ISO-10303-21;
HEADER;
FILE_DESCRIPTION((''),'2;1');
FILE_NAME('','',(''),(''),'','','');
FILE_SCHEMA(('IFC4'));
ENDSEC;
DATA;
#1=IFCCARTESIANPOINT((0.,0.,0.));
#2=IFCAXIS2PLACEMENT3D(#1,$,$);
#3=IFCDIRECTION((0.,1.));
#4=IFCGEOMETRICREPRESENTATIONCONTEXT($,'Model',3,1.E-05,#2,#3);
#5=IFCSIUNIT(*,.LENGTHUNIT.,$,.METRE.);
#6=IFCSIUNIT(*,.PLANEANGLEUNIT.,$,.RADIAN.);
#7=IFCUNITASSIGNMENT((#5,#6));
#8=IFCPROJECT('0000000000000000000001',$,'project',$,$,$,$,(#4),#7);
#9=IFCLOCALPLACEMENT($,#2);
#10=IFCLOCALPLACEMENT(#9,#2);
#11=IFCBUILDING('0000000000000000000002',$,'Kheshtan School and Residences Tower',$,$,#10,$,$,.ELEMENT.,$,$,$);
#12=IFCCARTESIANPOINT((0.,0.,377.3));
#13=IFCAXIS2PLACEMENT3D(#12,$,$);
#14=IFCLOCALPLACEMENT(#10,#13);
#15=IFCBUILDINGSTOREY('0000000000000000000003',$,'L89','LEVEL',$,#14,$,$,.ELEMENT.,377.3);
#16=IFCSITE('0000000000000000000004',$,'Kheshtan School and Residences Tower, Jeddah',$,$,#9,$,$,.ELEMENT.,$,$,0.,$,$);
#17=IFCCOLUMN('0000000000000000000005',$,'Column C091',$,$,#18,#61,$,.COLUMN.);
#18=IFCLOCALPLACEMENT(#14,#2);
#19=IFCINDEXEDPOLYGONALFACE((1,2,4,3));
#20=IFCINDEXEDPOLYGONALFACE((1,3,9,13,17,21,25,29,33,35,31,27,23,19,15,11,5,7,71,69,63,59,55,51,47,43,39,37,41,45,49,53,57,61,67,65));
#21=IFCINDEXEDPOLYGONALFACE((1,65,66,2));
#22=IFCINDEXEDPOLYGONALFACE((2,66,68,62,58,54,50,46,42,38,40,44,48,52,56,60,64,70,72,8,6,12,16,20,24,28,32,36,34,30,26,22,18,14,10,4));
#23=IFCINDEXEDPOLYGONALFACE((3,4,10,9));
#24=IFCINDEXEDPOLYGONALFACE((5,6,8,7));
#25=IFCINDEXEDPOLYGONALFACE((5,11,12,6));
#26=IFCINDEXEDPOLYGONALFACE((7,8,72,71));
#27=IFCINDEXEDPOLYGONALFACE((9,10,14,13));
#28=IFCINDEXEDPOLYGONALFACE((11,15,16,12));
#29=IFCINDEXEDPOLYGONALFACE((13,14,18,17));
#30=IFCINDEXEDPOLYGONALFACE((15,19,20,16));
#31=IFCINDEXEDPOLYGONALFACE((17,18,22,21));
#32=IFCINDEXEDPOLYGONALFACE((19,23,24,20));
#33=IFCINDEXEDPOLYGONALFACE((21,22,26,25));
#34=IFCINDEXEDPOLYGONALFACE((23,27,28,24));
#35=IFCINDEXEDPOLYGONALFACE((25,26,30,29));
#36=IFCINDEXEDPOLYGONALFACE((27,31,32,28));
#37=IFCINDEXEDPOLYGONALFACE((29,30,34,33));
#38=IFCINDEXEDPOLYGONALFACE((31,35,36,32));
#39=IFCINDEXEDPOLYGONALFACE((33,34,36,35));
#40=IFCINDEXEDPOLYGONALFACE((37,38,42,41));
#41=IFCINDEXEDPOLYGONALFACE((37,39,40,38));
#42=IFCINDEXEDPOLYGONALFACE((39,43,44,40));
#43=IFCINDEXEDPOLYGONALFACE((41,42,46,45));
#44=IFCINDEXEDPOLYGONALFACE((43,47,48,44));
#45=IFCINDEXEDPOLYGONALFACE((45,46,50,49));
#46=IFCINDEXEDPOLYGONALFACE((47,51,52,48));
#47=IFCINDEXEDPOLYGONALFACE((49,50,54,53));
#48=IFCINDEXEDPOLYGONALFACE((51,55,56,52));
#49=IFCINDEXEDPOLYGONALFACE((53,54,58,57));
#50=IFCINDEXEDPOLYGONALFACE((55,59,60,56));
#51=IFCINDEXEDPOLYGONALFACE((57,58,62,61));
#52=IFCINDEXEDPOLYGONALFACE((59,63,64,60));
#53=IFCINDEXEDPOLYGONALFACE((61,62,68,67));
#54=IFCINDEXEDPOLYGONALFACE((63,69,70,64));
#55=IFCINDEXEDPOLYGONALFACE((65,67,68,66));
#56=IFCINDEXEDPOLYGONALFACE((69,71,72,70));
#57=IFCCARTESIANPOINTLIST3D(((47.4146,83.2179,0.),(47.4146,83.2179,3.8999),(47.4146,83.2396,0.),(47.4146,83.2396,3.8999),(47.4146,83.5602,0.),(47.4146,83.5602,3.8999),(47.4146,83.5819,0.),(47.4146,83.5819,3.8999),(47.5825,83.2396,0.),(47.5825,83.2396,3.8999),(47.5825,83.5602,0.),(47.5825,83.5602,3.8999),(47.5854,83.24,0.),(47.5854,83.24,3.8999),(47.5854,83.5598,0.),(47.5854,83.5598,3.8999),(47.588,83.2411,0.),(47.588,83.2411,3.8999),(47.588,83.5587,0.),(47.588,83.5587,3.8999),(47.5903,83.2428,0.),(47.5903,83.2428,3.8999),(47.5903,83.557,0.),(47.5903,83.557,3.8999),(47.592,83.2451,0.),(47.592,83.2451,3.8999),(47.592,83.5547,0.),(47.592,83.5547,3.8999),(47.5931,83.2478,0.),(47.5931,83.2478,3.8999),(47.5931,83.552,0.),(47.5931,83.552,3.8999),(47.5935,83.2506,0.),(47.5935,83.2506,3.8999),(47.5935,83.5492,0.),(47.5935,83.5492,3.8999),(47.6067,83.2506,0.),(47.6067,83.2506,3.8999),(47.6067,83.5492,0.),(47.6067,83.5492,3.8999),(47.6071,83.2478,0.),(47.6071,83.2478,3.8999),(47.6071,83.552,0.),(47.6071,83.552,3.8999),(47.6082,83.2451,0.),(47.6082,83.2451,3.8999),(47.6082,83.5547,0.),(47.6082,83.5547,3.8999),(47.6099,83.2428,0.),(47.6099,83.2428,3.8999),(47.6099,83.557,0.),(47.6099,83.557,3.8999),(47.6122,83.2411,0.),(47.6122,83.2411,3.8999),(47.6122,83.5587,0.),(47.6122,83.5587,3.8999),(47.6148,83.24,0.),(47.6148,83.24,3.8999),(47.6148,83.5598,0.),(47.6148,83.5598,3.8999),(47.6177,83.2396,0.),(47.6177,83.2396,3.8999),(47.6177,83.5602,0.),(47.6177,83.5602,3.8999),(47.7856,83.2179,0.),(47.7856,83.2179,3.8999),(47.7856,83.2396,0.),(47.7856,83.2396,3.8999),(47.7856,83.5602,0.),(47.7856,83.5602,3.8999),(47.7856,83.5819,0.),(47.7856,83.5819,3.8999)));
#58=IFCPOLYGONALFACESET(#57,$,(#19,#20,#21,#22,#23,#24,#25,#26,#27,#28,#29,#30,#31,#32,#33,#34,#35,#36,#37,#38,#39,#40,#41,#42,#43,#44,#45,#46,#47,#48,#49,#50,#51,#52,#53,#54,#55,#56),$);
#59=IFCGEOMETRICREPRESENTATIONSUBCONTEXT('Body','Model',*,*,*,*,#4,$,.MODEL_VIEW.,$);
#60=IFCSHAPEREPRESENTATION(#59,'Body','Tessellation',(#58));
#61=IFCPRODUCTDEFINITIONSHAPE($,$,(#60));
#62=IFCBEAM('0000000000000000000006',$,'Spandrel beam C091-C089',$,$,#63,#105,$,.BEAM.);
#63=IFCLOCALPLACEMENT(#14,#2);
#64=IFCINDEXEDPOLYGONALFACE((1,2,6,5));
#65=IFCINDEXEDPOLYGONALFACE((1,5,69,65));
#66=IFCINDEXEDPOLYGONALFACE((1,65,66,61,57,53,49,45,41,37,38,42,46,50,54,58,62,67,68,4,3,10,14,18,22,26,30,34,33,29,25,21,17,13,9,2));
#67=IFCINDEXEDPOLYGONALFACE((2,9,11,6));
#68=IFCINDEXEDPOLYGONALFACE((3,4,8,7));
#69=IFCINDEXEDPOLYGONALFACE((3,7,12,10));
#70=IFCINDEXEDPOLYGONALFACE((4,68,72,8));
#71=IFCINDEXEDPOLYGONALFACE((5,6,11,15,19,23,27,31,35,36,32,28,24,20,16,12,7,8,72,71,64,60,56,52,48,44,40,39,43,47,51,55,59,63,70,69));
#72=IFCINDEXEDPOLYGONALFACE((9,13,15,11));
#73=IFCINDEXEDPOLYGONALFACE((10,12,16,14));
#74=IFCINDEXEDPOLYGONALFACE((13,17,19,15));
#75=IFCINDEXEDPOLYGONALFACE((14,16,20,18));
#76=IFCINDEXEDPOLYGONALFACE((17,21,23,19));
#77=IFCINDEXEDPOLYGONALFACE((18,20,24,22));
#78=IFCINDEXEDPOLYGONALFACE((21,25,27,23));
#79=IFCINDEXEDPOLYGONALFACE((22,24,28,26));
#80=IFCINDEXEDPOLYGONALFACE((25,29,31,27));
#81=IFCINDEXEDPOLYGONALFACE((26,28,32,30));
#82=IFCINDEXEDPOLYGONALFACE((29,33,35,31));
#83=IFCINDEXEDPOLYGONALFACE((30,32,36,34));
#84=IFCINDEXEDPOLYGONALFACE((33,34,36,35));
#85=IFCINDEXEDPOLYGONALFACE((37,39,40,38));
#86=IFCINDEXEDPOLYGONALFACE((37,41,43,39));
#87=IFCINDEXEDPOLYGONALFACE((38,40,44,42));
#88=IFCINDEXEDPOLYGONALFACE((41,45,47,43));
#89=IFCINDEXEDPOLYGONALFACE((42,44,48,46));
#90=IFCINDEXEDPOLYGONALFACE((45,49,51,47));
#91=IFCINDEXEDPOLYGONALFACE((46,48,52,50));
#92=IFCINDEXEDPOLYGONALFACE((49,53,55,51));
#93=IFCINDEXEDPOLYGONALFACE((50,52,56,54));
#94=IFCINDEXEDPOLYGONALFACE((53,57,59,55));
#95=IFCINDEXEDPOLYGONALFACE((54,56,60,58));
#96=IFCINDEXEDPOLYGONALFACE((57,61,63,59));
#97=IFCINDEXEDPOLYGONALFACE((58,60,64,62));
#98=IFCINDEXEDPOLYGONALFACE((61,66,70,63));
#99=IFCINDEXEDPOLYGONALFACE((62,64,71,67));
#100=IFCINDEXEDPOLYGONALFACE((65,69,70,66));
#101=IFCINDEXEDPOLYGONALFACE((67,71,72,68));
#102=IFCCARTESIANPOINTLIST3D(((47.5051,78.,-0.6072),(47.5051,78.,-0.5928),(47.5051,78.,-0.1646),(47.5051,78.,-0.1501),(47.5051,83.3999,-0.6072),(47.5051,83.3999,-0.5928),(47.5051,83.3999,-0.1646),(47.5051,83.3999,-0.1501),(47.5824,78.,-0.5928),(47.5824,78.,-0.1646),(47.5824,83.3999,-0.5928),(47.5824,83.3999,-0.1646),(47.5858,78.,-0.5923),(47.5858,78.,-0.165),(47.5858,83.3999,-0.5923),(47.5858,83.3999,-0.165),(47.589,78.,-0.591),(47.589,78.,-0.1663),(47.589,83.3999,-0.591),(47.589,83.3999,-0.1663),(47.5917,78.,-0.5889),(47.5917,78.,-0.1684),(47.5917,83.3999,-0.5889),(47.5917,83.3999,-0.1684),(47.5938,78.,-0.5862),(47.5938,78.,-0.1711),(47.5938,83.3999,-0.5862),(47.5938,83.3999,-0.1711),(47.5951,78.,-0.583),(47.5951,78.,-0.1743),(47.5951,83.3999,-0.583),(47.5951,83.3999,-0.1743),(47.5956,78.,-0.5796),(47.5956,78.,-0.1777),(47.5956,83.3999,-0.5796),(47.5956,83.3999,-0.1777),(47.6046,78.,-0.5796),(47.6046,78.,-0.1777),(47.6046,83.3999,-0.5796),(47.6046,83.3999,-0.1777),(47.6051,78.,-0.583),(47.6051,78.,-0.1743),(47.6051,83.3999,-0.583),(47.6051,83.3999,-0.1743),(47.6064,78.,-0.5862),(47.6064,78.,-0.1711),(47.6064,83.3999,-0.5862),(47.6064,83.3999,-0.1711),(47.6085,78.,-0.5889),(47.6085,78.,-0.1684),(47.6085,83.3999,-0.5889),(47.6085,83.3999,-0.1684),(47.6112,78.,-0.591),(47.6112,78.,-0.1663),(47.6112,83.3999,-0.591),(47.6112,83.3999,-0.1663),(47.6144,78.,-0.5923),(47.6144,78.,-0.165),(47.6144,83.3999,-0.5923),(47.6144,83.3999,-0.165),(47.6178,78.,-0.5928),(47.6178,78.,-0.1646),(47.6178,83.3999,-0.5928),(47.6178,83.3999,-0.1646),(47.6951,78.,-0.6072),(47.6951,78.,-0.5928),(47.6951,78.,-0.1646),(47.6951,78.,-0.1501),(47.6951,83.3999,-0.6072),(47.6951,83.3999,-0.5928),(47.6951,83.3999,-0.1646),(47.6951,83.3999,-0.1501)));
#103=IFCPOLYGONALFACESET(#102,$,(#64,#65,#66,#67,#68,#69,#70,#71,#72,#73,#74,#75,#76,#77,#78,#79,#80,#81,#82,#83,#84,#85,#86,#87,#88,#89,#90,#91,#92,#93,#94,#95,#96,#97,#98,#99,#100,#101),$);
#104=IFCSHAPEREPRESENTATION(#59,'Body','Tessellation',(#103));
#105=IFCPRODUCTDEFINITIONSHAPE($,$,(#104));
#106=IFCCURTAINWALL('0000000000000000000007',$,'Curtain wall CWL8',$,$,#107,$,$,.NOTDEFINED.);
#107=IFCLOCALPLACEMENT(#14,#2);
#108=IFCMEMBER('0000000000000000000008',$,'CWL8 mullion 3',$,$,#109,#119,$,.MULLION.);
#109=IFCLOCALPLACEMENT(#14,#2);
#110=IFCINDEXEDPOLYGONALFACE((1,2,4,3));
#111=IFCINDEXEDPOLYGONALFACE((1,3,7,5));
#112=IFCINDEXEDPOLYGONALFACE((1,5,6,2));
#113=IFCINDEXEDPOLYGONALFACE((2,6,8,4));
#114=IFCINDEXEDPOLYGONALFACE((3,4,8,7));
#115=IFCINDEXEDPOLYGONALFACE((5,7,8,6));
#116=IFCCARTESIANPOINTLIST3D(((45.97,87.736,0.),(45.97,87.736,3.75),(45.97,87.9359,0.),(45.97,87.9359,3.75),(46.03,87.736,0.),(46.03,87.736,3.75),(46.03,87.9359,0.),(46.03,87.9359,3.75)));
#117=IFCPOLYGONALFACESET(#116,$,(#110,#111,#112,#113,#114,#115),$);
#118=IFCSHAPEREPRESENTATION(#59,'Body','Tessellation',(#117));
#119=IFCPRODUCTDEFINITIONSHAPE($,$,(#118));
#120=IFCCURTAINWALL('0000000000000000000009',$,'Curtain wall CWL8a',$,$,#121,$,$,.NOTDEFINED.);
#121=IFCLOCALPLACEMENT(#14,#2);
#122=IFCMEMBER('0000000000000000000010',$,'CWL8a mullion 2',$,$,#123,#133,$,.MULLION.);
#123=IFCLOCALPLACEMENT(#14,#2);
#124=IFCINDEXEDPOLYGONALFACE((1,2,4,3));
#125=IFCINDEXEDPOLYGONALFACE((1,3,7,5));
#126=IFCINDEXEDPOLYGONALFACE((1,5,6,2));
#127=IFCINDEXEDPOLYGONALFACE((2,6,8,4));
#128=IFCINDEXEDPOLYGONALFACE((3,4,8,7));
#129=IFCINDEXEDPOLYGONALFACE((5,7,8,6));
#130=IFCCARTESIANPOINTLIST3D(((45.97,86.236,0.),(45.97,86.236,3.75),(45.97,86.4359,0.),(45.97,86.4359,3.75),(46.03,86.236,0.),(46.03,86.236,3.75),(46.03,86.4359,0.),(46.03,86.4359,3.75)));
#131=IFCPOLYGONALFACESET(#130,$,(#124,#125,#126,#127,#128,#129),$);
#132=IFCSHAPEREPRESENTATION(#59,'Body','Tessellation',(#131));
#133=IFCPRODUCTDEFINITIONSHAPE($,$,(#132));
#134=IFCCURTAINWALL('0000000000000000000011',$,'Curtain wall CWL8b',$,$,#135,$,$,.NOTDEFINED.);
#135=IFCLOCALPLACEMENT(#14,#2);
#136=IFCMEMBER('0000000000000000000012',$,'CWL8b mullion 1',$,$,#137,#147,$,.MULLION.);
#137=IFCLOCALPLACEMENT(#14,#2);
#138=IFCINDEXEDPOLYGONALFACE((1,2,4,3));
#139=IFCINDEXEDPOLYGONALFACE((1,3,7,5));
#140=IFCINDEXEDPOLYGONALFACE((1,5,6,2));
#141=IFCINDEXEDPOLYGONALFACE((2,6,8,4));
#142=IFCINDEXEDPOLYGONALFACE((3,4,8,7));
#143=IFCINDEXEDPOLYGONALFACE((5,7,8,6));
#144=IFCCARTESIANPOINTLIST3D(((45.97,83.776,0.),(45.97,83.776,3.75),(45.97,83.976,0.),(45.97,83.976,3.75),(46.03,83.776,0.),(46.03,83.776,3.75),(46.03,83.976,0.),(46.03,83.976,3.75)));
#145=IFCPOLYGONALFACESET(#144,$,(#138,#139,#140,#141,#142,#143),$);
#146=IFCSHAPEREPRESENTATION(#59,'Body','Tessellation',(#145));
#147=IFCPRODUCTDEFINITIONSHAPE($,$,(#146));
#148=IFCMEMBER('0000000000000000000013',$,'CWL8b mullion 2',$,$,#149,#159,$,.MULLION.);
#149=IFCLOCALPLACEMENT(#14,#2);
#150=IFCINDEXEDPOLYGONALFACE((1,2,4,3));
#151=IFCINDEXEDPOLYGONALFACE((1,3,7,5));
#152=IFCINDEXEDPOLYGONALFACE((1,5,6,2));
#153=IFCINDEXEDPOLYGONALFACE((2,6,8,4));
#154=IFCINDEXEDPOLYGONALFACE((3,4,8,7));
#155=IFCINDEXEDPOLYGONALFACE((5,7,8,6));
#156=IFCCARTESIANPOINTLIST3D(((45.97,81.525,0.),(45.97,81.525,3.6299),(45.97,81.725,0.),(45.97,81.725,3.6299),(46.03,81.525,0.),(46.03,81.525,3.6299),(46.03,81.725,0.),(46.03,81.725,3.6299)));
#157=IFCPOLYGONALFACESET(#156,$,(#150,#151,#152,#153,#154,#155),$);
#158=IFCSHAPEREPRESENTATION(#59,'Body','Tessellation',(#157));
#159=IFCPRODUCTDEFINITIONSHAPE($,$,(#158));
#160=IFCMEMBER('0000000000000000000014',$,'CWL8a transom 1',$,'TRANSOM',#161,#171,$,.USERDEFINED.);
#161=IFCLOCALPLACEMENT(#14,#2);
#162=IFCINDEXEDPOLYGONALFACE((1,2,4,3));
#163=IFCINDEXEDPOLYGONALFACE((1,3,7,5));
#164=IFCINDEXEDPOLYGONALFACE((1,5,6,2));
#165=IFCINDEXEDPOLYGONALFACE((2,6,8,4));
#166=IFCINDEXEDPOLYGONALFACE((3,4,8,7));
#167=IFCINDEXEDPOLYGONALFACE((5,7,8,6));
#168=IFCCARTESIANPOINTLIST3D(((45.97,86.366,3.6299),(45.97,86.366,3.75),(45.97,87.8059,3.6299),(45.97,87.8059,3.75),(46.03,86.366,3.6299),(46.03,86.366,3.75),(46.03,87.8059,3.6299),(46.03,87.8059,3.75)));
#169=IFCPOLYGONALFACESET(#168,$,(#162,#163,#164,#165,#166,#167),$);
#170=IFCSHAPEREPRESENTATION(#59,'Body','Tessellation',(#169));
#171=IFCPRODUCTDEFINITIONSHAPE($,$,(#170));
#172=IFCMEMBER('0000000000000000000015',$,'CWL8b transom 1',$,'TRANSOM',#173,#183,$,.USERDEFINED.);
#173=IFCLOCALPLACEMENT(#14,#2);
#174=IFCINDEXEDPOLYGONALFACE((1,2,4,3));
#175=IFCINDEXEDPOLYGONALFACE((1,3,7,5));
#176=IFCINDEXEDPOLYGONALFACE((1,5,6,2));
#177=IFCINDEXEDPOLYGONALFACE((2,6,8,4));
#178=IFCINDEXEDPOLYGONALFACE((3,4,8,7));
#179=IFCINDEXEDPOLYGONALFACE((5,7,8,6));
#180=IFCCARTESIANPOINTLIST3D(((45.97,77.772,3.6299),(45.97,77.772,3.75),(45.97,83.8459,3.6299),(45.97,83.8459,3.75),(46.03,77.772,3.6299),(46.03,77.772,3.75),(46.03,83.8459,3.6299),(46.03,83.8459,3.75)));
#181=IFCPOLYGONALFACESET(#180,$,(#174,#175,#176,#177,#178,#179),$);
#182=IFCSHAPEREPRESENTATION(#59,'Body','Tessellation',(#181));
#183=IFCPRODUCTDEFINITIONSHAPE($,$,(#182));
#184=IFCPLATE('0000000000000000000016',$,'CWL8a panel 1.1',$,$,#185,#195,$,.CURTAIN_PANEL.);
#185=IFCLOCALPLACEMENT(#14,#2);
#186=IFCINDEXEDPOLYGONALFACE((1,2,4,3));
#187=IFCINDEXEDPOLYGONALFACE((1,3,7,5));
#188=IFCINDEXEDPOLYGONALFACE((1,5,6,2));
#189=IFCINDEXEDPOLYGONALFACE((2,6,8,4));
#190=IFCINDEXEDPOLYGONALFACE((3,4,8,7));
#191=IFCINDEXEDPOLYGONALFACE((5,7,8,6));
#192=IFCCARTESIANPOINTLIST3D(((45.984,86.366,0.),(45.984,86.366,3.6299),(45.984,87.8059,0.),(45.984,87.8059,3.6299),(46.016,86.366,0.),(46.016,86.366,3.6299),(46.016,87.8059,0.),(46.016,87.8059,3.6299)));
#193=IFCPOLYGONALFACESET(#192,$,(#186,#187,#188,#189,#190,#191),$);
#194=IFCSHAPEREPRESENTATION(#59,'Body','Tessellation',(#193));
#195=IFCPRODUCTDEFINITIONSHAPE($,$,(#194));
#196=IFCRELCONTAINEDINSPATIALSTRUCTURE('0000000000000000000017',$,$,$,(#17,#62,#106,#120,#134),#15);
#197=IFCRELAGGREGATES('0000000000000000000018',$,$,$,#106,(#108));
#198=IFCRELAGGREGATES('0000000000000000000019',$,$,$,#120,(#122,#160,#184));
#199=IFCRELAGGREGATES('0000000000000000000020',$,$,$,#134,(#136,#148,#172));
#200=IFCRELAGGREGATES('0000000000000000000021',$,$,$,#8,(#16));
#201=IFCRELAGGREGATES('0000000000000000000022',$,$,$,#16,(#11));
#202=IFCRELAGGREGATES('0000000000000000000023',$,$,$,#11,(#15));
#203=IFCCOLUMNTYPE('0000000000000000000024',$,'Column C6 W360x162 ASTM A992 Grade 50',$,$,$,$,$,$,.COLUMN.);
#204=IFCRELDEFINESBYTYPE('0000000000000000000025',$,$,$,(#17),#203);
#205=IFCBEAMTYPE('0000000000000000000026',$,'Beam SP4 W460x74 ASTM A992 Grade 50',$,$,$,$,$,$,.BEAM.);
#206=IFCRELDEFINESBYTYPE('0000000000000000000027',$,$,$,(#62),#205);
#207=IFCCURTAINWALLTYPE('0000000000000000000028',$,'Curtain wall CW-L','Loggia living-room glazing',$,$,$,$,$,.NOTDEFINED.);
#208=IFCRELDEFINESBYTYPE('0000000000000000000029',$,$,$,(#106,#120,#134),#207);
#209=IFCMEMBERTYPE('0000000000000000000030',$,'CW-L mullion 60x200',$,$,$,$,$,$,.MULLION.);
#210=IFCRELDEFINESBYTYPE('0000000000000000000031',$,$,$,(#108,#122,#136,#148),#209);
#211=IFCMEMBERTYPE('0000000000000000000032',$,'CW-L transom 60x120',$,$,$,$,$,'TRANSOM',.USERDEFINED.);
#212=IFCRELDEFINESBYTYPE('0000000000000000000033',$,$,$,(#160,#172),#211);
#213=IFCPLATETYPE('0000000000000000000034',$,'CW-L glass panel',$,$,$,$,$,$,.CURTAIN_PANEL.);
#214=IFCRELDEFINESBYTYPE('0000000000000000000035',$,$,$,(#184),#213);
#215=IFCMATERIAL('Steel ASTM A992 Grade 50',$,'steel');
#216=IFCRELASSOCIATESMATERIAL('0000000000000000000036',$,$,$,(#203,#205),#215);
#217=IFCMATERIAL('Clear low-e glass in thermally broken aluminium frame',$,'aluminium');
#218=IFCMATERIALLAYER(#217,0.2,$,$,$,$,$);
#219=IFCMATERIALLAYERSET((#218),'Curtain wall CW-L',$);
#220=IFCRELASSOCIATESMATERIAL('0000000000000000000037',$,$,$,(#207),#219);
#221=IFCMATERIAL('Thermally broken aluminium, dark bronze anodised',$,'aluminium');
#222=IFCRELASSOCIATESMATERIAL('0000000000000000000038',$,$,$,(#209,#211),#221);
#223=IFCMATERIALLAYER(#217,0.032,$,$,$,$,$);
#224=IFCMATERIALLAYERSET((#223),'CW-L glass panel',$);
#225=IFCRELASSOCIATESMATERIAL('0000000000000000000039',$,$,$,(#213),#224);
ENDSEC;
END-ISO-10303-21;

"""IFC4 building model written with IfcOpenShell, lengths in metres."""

from ifc_helpers import new_model, si_unit, direction, frame, origin, origin_2d, place, context, subcontext, project, spatial, rectangle, i_section, extrude, material, layer, layer_set, material_profile, profile_set, type_object, element, aggregate, save


model = new_model("IFC4")

# Units and contexts
model_context = context("Model", 3, precision=1e-05, world=origin(), true_north=direction((0.0, 1.0)))
body_context = subcontext(model_context, "Body", "Model", "MODEL_VIEW")
ifc_project = project(units=[si_unit("LENGTHUNIT", "METRE"), si_unit("PLANEANGLEUNIT", "RADIAN")], contexts=[model_context])

# Site, building, storey
site_placement = place(None, origin())
site = spatial("IfcSite", under=ifc_project, at=site_placement, Name="Kheshtan School and Residences Tower, Jeddah", CompositionType="ELEMENT", RefElevation=0.0)
building_placement = place(site_placement, origin())
building = spatial("IfcBuilding", under=site, at=building_placement, Name="Kheshtan School and Residences Tower", CompositionType="ELEMENT")
storey_placement = place(building_placement, frame((0.0, 0.0, 377.3)))
storey = spatial("IfcBuildingStorey", under=building, at=storey_placement, Name="L89", Description="LEVEL", CompositionType="ELEMENT", Elevation=377.3)

# Column
ifc_material_1 = material(Name="Steel ASTM A992 Grade 50", Category="steel")
ifc_material_profile_1 = material_profile(ifc_material_1, i_section(OverallWidth=0.3711, OverallDepth=0.364, WebThickness=0.0132, FlangeThickness=0.0217, FilletRadius=0.011, at=origin_2d()), Name="W360x162")
ifc_profile_set_1 = profile_set([ifc_material_profile_1], Name="Steel ASTM A992 Grade 50")
column_type = type_object("IfcColumnType", Name="Column C6 W360x162 ASTM A992 Grade 50", PredefinedType="COLUMN", material=ifc_profile_set_1)
column_placement = place(storey_placement, frame((47.6001, 83.3999, 0.0), z_axis=(0.0, 0.0, 1.0), x_axis=(1.0, 0.0, 0.0)))
element("IfcColumn", 1, at=column_placement, inside=storey, type_object=column_type, Name="Column C091", PredefinedType="COLUMN", context=body_context, shape_type="SweptSolid", body=[
    extrude(i_section(OverallWidth=0.3711, OverallDepth=0.364, WebThickness=0.0132, FlangeThickness=0.0217, FilletRadius=0.011, at=origin_2d()), origin(), (0.0, 0.0, 1.0), 3.8999),
])

# Beam
ifc_material_profile_2 = material_profile(ifc_material_1, i_section(OverallWidth=0.1899, OverallDepth=0.457, WebThickness=0.009, FlangeThickness=0.0144, FilletRadius=0.0132, at=origin_2d()), Name="W460x74")
ifc_profile_set_2 = profile_set([ifc_material_profile_2], Name="Steel ASTM A992 Grade 50")
beam_type = type_object("IfcBeamType", Name="Beam SP4 W460x74 ASTM A992 Grade 50", PredefinedType="BEAM", material=ifc_profile_set_2)
beam_placement = place(storey_placement, frame((47.6001, 83.3999, -0.3787), z_axis=(0.0, -1.0, 0.0), x_axis=(1.0, 0.0, 0.0)))
element("IfcBeam", 2, at=beam_placement, inside=storey, type_object=beam_type, Name="Spandrel beam C091-C089", PredefinedType="BEAM", context=body_context, shape_type="SweptSolid", body=[
    extrude(i_section(OverallWidth=0.1899, OverallDepth=0.457, WebThickness=0.009, FlangeThickness=0.0144, FilletRadius=0.0132, at=origin_2d()), origin(), (0.0, 0.0, 1.0), 5.3999),
])

# Curtain walls, members
ifc_material_2 = material(Name="Clear low-e glass in thermally broken aluminium frame", Category="aluminium")
ifc_layer_1 = layer(ifc_material_2, 0.2)
ifc_layer_set_1 = layer_set([ifc_layer_1], Name="Curtain wall CW-L")
curtain_wall_type = type_object("IfcCurtainWallType", Name="Curtain wall CW-L", Description="Loggia living-room glazing", PredefinedType="NOTDEFINED", material=ifc_layer_set_1)
curtain_wall_1_placement = place(storey_placement, origin())
curtain_wall_1 = element("IfcCurtainWall", 3, at=curtain_wall_1_placement, inside=storey, type_object=curtain_wall_type, Name="Curtain wall CWL8", PredefinedType="NOTDEFINED")
ifc_material_3 = material(Name="Thermally broken aluminium, dark bronze anodised", Category="aluminium")
ifc_material_profile_3 = material_profile(ifc_material_3, rectangle(XDim=0.0601, YDim=0.2, at=origin_2d()), Name="CW-L mullion 60x200")
ifc_profile_set_3 = profile_set([ifc_material_profile_3], Name="Thermally broken aluminium, dark bronze anodised")
member_type_1 = type_object("IfcMemberType", Name="CW-L mullion 60x200", PredefinedType="MULLION", material=ifc_profile_set_3)
member_1_placement = place(storey_placement, frame((46.0, 87.8359, 0.0), z_axis=(0.0, 0.0, 1.0), x_axis=(1.0, 0.0, 0.0)))
member_1 = element("IfcMember", 4, at=member_1_placement, type_object=member_type_1, Name="CWL8 mullion 3", PredefinedType="MULLION", context=body_context, shape_type="SweptSolid", body=[
    extrude(rectangle(XDim=0.0601, YDim=0.2, at=origin_2d()), origin(), (0.0, 0.0, 1.0), 3.75),
])
aggregate(curtain_wall_1, [member_1])
curtain_wall_2_placement = place(storey_placement, origin())
curtain_wall_2 = element("IfcCurtainWall", 5, at=curtain_wall_2_placement, inside=storey, type_object=curtain_wall_type, Name="Curtain wall CWL8a", PredefinedType="NOTDEFINED")
member_2_placement = place(storey_placement, frame((46.0, 86.3359, 0.0), z_axis=(0.0, 0.0, 1.0), x_axis=(1.0, 0.0, 0.0)))
member_2 = element("IfcMember", 6, at=member_2_placement, type_object=member_type_1, Name="CWL8a mullion 2", PredefinedType="MULLION", context=body_context, shape_type="SweptSolid", body=[
    extrude(rectangle(XDim=0.0601, YDim=0.2, at=origin_2d()), origin(), (0.0, 0.0, 1.0), 3.75),
])

# Curtain wall, members
curtain_wall_3_placement = place(storey_placement, origin())
curtain_wall_3 = element("IfcCurtainWall", 7, at=curtain_wall_3_placement, inside=storey, type_object=curtain_wall_type, Name="Curtain wall CWL8b", PredefinedType="NOTDEFINED")
member_3_placement = place(storey_placement, frame((46.0, 83.876, 0.0), z_axis=(0.0, 0.0, 1.0), x_axis=(1.0, 0.0, 0.0)))
member_3 = element("IfcMember", 8, at=member_3_placement, type_object=member_type_1, Name="CWL8b mullion 1", PredefinedType="MULLION", context=body_context, shape_type="SweptSolid", body=[
    extrude(rectangle(XDim=0.0601, YDim=0.2, at=origin_2d()), origin(), (0.0, 0.0, 1.0), 3.75),
])
member_4_placement = place(storey_placement, frame((46.0, 81.625, 0.0), z_axis=(0.0, 0.0, 1.0), x_axis=(1.0, 0.0, 0.0)))
member_4 = element("IfcMember", 9, at=member_4_placement, type_object=member_type_1, Name="CWL8b mullion 2", PredefinedType="MULLION", context=body_context, shape_type="SweptSolid", body=[
    extrude(rectangle(XDim=0.0601, YDim=0.2, at=origin_2d()), origin(), (0.0, 0.0, 1.0), 3.6299),
])

# Members
ifc_material_profile_4 = material_profile(ifc_material_3, rectangle(XDim=0.0601, YDim=0.1201, at=origin_2d()), Name="CW-L transom 60x120")
ifc_profile_set_4 = profile_set([ifc_material_profile_4], Name="Thermally broken aluminium, dark bronze anodised")
member_type_2 = type_object("IfcMemberType", Name="CW-L transom 60x120", ElementType="TRANSOM", PredefinedType="USERDEFINED", material=ifc_profile_set_4)
member_5_placement = place(storey_placement, frame((46.0, 87.8059, 3.6899), z_axis=(0.0, -1.0, 0.0), x_axis=(1.0, 0.0, 0.0)))
member_5 = element("IfcMember", 10, at=member_5_placement, type_object=member_type_2, Name="CWL8a transom 1", ObjectType="TRANSOM", PredefinedType="USERDEFINED", context=body_context, shape_type="SweptSolid", body=[
    extrude(rectangle(XDim=0.0601, YDim=0.1201, at=origin_2d()), origin(), (0.0, 0.0, 1.0), 1.4399),
])
member_6_placement = place(storey_placement, frame((46.0, 83.8459, 3.6899), z_axis=(0.0, -1.0, 0.0), x_axis=(1.0, 0.0, 0.0)))
member_6 = element("IfcMember", 11, at=member_6_placement, type_object=member_type_2, Name="CWL8b transom 1", ObjectType="TRANSOM", PredefinedType="USERDEFINED", context=body_context, shape_type="SweptSolid", body=[
    extrude(rectangle(XDim=0.0601, YDim=0.1201, at=origin_2d()), origin(), (0.0, 0.0, 1.0), 6.074),
])

# Plate
ifc_layer_2 = layer(ifc_material_2, 0.032)
ifc_layer_set_2 = layer_set([ifc_layer_2], Name="CW-L glass panel")
plate_type = type_object("IfcPlateType", Name="CW-L glass panel", PredefinedType="CURTAIN_PANEL", material=ifc_layer_set_2)
plate_1_placement = place(storey_placement, frame((46.0, 87.0859, 0.0), z_axis=(0.0, 0.0, 1.0), x_axis=(0.0, -1.0, 0.0)))
plate_1 = element("IfcPlate", 12, at=plate_1_placement, type_object=plate_type, Name="CWL8a panel 1.1", PredefinedType="CURTAIN_PANEL", context=body_context, shape_type="SweptSolid", body=[
    extrude(rectangle(XDim=1.4399, YDim=0.032, at=origin_2d()), origin(), (0.0, 0.0, 1.0), 3.6299),
])
aggregate(curtain_wall_2, [member_2, member_5, plate_1])
aggregate(curtain_wall_3, [member_3, member_4, member_6])

save(model, "model.ifc")
